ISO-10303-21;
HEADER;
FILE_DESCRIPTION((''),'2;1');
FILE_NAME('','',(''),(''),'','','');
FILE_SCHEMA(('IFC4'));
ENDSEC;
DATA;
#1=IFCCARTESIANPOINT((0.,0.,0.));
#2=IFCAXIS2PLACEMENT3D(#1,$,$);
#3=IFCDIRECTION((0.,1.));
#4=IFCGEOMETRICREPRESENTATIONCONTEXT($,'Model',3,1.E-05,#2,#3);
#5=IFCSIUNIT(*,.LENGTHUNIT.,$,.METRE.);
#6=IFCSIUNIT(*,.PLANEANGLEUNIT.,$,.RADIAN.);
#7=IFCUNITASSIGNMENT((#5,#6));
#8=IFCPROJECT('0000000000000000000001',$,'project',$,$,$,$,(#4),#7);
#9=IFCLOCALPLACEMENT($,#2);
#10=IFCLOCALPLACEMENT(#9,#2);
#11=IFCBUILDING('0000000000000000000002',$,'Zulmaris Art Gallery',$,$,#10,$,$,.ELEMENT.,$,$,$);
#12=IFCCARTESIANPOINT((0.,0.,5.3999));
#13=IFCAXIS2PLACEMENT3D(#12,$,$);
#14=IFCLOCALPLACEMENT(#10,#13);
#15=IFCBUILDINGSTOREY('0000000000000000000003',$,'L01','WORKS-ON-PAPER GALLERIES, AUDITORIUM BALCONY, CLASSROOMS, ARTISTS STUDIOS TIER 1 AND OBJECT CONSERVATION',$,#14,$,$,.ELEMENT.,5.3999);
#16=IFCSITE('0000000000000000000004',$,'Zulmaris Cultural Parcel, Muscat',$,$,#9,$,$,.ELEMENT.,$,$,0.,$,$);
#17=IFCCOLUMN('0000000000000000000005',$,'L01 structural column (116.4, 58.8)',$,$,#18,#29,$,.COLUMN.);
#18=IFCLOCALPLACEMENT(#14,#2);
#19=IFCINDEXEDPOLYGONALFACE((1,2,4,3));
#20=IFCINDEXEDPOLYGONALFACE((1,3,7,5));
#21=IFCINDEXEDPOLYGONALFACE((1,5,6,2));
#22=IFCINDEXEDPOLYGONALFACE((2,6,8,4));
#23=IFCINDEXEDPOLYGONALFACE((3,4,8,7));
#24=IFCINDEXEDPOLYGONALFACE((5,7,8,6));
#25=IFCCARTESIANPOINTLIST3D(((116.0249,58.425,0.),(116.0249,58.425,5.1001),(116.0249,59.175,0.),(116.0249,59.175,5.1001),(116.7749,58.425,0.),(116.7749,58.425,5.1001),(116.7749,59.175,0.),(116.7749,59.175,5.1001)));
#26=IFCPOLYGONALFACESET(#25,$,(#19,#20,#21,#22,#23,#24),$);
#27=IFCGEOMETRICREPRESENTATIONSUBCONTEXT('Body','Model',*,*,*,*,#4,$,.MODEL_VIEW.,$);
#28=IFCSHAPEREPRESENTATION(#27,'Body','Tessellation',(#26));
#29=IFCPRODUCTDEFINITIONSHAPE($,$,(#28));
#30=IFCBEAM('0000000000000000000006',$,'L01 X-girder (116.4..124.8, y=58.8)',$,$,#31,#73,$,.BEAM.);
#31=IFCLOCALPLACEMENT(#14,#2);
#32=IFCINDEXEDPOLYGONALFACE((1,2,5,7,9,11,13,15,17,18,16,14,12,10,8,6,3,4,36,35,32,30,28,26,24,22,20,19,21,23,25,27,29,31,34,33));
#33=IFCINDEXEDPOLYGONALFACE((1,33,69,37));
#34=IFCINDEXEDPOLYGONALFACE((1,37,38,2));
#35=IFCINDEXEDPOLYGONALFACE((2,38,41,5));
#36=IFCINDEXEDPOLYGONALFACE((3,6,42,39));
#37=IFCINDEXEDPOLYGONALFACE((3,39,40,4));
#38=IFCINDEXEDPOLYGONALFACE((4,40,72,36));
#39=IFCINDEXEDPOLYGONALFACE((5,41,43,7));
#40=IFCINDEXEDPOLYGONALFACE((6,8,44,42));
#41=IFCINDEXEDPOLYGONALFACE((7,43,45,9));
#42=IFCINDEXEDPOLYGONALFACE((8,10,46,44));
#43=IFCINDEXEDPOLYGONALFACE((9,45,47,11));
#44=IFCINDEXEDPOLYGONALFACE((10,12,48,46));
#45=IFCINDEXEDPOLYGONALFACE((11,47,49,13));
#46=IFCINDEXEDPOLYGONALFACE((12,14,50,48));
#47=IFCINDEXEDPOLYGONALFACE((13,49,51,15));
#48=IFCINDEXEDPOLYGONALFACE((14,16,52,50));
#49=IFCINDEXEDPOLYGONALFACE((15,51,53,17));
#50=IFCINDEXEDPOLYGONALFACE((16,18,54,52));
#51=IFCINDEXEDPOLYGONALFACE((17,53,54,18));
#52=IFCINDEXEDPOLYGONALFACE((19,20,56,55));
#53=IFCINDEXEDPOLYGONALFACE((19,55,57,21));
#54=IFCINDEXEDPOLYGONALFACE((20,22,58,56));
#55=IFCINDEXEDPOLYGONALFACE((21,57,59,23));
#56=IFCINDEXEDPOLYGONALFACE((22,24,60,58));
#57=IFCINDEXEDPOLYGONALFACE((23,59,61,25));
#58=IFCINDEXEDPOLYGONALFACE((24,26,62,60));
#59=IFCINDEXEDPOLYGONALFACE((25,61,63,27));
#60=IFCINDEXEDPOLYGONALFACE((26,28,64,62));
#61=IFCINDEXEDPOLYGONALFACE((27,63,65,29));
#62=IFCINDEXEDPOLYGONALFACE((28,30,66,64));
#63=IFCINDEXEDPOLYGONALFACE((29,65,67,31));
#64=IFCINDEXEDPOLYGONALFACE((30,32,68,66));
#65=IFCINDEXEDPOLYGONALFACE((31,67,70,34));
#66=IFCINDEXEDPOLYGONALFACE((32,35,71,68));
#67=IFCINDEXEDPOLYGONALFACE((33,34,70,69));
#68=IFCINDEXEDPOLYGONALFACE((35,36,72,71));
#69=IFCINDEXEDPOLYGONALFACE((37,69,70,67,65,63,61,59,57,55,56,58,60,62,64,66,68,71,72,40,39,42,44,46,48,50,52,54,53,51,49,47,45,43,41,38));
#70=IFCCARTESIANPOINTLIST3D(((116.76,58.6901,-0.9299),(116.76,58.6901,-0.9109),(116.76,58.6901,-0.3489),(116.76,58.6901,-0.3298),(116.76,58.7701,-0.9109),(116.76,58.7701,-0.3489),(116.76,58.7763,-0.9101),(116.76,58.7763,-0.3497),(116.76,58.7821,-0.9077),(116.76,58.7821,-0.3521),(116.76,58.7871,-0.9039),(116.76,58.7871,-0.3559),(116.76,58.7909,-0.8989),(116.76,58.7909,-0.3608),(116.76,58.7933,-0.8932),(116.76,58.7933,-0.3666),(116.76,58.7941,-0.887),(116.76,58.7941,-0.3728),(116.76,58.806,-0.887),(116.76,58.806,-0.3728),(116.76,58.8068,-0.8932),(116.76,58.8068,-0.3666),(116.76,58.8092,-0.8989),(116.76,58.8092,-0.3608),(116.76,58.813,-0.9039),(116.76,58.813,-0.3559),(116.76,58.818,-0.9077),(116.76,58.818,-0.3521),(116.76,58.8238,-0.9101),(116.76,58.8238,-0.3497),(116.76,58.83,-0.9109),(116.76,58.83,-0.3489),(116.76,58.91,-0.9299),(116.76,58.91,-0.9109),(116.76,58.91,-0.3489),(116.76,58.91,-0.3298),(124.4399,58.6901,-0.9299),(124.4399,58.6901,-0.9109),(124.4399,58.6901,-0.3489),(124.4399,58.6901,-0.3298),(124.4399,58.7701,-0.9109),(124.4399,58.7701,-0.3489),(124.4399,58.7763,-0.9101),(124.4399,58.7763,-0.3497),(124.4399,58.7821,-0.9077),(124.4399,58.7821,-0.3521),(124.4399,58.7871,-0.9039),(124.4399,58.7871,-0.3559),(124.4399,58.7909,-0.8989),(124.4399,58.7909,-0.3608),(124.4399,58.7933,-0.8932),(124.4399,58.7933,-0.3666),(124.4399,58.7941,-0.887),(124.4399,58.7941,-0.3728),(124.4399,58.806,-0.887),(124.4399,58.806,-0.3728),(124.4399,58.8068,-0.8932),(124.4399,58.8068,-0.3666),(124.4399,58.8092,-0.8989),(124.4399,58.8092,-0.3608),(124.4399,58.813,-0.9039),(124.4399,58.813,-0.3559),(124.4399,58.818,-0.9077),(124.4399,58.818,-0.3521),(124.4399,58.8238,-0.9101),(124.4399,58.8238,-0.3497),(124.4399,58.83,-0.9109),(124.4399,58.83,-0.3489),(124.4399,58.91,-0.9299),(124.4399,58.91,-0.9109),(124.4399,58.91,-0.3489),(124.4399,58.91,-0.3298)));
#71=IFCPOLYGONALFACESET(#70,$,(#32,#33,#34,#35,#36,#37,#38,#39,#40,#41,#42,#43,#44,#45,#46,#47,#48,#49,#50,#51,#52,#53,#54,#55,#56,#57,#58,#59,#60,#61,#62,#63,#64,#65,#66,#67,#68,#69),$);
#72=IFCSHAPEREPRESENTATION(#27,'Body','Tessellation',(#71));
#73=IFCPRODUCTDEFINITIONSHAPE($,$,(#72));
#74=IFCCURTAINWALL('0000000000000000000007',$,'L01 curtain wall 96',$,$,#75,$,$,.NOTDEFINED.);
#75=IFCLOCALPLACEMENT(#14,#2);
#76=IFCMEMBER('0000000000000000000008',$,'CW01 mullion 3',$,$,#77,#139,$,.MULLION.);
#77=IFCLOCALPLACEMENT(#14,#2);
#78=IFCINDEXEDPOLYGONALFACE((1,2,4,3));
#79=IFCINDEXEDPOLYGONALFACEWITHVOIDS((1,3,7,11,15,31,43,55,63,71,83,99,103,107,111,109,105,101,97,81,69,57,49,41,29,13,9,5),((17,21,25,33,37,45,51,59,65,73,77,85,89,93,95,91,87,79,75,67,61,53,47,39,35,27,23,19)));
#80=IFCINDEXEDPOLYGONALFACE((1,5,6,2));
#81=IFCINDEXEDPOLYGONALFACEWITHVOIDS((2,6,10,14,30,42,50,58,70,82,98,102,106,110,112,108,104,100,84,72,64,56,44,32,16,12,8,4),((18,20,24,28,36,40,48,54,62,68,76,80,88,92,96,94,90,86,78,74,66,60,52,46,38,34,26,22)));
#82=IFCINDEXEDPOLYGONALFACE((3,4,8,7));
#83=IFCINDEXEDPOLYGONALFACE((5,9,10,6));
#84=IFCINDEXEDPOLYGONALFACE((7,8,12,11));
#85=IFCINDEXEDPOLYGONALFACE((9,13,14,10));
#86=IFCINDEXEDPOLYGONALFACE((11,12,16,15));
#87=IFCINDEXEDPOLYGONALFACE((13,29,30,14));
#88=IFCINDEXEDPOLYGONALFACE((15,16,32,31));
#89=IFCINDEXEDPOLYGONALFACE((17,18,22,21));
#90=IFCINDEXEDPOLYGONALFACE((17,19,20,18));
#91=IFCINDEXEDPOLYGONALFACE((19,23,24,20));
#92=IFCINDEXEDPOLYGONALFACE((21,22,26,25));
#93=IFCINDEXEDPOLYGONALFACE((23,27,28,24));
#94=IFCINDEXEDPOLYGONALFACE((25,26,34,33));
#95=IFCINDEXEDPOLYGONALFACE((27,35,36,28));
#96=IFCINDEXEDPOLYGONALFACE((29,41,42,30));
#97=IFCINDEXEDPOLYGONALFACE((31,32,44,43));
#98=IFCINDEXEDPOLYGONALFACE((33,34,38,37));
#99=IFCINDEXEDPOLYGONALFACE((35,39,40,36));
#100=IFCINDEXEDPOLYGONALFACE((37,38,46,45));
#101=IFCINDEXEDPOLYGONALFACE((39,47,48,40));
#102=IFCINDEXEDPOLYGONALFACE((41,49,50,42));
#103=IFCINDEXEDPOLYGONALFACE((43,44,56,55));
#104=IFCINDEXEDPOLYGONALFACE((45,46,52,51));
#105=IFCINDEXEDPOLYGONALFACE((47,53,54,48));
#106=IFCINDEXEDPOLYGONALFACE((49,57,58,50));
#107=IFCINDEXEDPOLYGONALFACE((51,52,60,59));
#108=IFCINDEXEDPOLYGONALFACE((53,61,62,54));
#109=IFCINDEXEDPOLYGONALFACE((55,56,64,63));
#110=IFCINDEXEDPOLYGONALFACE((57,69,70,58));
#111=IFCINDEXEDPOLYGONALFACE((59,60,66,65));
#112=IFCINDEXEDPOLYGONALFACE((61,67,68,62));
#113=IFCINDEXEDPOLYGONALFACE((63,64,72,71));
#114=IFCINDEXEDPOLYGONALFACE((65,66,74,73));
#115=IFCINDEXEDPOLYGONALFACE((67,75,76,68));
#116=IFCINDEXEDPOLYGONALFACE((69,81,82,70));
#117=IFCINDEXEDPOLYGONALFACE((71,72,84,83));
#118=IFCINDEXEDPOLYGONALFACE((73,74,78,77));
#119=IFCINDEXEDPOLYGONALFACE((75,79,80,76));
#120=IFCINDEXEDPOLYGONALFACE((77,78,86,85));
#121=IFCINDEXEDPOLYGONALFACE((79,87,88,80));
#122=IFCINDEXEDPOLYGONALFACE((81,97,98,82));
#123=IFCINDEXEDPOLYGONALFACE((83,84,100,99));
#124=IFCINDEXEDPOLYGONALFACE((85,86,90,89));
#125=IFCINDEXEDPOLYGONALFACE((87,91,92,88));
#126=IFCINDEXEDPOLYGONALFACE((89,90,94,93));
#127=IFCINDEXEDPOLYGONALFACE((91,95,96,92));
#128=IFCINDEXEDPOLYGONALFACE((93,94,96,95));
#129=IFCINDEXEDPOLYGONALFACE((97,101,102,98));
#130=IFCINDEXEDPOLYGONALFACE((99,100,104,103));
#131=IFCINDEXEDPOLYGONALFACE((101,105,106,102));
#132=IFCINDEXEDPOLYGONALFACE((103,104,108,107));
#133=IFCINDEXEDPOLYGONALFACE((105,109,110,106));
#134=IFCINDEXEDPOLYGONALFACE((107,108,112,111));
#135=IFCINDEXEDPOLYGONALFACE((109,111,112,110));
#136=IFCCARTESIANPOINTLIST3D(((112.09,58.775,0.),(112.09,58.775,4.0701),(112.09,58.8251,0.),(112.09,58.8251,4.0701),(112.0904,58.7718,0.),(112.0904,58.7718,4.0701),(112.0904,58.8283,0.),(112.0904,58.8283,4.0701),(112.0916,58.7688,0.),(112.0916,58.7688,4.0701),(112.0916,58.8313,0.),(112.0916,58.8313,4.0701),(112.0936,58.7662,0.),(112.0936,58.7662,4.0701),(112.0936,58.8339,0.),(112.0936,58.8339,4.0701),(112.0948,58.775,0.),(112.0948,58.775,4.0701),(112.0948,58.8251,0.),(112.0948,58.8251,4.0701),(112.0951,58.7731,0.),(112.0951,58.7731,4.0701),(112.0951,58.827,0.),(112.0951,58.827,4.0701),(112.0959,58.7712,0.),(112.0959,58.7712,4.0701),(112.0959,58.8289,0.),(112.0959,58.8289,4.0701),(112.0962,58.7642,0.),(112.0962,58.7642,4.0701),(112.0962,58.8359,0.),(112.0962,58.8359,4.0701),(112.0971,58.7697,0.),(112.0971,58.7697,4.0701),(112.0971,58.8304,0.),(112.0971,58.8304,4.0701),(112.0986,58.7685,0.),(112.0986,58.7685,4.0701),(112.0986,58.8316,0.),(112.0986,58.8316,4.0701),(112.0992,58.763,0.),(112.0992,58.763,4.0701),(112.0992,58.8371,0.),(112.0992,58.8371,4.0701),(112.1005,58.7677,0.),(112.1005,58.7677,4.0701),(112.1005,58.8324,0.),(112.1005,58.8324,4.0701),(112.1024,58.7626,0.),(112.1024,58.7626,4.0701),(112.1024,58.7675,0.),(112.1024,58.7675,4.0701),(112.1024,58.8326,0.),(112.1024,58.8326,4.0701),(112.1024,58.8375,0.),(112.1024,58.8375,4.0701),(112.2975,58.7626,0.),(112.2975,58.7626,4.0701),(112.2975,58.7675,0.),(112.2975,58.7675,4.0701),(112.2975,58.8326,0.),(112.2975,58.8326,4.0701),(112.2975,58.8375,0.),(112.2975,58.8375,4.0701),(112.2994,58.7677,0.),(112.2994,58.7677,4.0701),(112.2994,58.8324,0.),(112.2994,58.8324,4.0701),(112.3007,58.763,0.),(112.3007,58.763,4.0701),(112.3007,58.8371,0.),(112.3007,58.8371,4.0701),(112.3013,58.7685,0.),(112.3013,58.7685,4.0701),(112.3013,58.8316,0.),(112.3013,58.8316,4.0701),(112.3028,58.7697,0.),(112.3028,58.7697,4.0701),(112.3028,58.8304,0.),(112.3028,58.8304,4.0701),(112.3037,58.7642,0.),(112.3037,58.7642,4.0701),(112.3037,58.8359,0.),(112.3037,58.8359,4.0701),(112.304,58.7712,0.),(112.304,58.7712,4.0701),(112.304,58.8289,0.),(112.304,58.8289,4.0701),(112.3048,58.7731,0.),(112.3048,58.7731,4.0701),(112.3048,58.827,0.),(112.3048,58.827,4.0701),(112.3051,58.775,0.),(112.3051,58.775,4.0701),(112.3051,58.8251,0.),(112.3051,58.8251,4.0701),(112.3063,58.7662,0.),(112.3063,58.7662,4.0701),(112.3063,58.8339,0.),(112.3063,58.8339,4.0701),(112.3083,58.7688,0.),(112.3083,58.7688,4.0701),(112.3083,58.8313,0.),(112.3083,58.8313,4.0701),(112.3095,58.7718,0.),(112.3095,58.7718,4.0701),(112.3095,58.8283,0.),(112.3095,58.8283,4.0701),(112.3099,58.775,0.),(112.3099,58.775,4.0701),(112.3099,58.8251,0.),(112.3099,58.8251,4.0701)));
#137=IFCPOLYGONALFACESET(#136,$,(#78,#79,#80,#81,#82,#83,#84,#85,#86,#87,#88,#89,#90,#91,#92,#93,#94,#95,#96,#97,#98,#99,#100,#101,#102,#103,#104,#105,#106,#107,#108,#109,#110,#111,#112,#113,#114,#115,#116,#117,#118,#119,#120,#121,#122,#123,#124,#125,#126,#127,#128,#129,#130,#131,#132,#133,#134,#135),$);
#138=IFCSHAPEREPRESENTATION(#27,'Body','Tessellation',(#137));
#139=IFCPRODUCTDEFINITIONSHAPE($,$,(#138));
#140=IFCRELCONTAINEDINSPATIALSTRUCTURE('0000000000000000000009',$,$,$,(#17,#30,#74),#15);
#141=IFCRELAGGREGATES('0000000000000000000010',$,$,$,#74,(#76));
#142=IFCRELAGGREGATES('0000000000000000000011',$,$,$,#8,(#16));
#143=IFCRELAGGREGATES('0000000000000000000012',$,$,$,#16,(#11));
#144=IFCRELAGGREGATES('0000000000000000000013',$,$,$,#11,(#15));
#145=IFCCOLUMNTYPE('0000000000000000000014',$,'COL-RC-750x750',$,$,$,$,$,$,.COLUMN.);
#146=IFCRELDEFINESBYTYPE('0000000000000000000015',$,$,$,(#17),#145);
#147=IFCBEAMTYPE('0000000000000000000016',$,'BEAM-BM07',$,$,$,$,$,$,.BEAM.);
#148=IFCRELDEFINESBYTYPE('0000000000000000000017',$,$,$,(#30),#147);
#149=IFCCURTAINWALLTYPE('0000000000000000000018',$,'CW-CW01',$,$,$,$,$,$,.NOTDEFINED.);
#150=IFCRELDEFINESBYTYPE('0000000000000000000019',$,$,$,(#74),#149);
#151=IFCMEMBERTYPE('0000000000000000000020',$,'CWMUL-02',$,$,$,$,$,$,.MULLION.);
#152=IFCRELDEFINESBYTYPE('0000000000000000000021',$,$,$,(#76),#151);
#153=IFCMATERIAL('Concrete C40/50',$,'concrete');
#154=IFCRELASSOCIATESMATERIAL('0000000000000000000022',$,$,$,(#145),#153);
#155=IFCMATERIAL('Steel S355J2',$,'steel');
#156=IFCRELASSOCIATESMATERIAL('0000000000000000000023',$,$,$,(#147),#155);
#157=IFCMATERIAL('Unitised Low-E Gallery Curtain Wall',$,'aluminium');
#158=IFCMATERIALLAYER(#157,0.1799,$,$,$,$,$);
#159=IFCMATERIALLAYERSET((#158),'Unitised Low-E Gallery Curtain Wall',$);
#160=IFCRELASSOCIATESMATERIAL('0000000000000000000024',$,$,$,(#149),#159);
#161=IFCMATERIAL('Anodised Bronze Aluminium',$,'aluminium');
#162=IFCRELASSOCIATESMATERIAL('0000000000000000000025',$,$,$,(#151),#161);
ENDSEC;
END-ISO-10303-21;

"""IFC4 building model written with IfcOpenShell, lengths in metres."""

from ifc_helpers import new_model, si_unit, direction, frame, origin, origin_2d, place, context, subcontext, project, spatial, rectangle, hollow_rectangle, i_section, extrude, material, layer, layer_set, material_profile, profile_set, type_object, element, aggregate, save


model = new_model("IFC4")

# Units and contexts
model_context = context("Model", 3, precision=1e-05, world=origin(), true_north=direction((0.0, 1.0)))
body_context = subcontext(model_context, "Body", "Model", "MODEL_VIEW")
ifc_project = project(units=[si_unit("LENGTHUNIT", "METRE"), si_unit("PLANEANGLEUNIT", "RADIAN")], contexts=[model_context])

# Site, building, storey
site_placement = place(None, origin())
site = spatial("IfcSite", under=ifc_project, at=site_placement, Name="Zulmaris Cultural Parcel, Muscat", CompositionType="ELEMENT", RefElevation=0.0)
building_placement = place(site_placement, origin())
building = spatial("IfcBuilding", under=site, at=building_placement, Name="Zulmaris Art Gallery", CompositionType="ELEMENT")
storey_placement = place(building_placement, frame((0.0, 0.0, 5.3999)))
storey = spatial("IfcBuildingStorey", under=building, at=storey_placement, Name="L01", Description="WORKS-ON-PAPER GALLERIES, AUDITORIUM BALCONY, CLASSROOMS, ARTISTS STUDIOS TIER 1 AND OBJECT CONSERVATION", CompositionType="ELEMENT", Elevation=5.3999)

# Column
ifc_material_1 = material(Name="Concrete C40/50", Category="concrete")
ifc_material_profile_1 = material_profile(ifc_material_1, rectangle(XDim=0.75, YDim=0.75, at=origin_2d()), Name="RC 750x750")
ifc_profile_set_1 = profile_set([ifc_material_profile_1], Name="Concrete C40/50")
column_type = type_object("IfcColumnType", Name="COL-RC-750x750", PredefinedType="COLUMN", material=ifc_profile_set_1)
column_placement = place(storey_placement, frame((116.3999, 58.8, 0.0), z_axis=(0.0, 0.0, 1.0), x_axis=(1.0, 0.0, 0.0)))
element("IfcColumn", 1, at=column_placement, inside=storey, type_object=column_type, Name="L01 structural column (116.4, 58.8)", PredefinedType="COLUMN", context=body_context, shape_type="SweptSolid", body=[
    extrude(rectangle(XDim=0.75, YDim=0.75, at=origin_2d()), origin(), (0.0, 0.0, 1.0), 5.1001),
])

# Beam
ifc_material_2 = material(Name="Steel S355J2", Category="steel")
ifc_material_profile_2 = material_profile(ifc_material_2, i_section(OverallWidth=0.22, OverallDepth=0.6001, WebThickness=0.012, FlangeThickness=0.019, FilletRadius=0.0239, at=origin_2d()), Name="IPE 600")
ifc_profile_set_2 = profile_set([ifc_material_profile_2], Name="Steel S355J2")
beam_type = type_object("IfcBeamType", Name="BEAM-BM07", PredefinedType="BEAM", material=ifc_profile_set_2)
beam_placement = place(storey_placement, frame((116.76, 58.8, -0.6299), z_axis=(1.0, 0.0, 0.0), x_axis=(0.0, 1.0, 0.0)))
element("IfcBeam", 2, at=beam_placement, inside=storey, type_object=beam_type, Name="L01 X-girder (116.4..124.8, y=58.8)", PredefinedType="BEAM", context=body_context, shape_type="SweptSolid", body=[
    extrude(i_section(OverallWidth=0.22, OverallDepth=0.6001, WebThickness=0.012, FlangeThickness=0.019, FilletRadius=0.0239, at=origin_2d()), origin(), (0.0, 0.0, 1.0), 7.6799),
])

# Curtain wall, member
ifc_material_3 = material(Name="Unitised Low-E Gallery Curtain Wall", Category="aluminium")
ifc_layer_1 = layer(ifc_material_3, 0.1799)
ifc_layer_set_1 = layer_set([ifc_layer_1], Name="Unitised Low-E Gallery Curtain Wall")
curtain_wall_type = type_object("IfcCurtainWallType", Name="CW-CW01", PredefinedType="NOTDEFINED", material=ifc_layer_set_1)
curtain_wall_1_placement = place(storey_placement, origin())
curtain_wall_1 = element("IfcCurtainWall", 3, at=curtain_wall_1_placement, inside=storey, type_object=curtain_wall_type, Name="L01 curtain wall 96", PredefinedType="NOTDEFINED")
ifc_material_4 = material(Name="Anodised Bronze Aluminium", Category="aluminium")
ifc_material_profile_3 = material_profile(ifc_material_4, hollow_rectangle(XDim=0.075, YDim=0.22, WallThickness=0.0049, InnerFilletRadius=0.0076, OuterFilletRadius=0.0125, at=origin_2d()), Name="ALU 75x220x5")
ifc_profile_set_3 = profile_set([ifc_material_profile_3], Name="Anodised Bronze Aluminium")
member_type_1 = type_object("IfcMemberType", Name="CWMUL-02", PredefinedType="MULLION", material=ifc_profile_set_3)
member_1_placement = place(storey_placement, frame((112.2, 58.8, 0.0), z_axis=(0.0, 0.0, 1.0), x_axis=(0.0, 1.0, 0.0)))
member_1 = element("IfcMember", 4, at=member_1_placement, type_object=member_type_1, Name="CW01 mullion 3", PredefinedType="MULLION", context=body_context, shape_type="SweptSolid", body=[
    extrude(hollow_rectangle(XDim=0.075, YDim=0.22, WallThickness=0.0049, InnerFilletRadius=0.0076, OuterFilletRadius=0.0125, at=origin_2d()), origin(), (0.0, 0.0, 1.0), 4.0701),
])

aggregate(curtain_wall_1, [member_1])

save(model, "model.ifc")
